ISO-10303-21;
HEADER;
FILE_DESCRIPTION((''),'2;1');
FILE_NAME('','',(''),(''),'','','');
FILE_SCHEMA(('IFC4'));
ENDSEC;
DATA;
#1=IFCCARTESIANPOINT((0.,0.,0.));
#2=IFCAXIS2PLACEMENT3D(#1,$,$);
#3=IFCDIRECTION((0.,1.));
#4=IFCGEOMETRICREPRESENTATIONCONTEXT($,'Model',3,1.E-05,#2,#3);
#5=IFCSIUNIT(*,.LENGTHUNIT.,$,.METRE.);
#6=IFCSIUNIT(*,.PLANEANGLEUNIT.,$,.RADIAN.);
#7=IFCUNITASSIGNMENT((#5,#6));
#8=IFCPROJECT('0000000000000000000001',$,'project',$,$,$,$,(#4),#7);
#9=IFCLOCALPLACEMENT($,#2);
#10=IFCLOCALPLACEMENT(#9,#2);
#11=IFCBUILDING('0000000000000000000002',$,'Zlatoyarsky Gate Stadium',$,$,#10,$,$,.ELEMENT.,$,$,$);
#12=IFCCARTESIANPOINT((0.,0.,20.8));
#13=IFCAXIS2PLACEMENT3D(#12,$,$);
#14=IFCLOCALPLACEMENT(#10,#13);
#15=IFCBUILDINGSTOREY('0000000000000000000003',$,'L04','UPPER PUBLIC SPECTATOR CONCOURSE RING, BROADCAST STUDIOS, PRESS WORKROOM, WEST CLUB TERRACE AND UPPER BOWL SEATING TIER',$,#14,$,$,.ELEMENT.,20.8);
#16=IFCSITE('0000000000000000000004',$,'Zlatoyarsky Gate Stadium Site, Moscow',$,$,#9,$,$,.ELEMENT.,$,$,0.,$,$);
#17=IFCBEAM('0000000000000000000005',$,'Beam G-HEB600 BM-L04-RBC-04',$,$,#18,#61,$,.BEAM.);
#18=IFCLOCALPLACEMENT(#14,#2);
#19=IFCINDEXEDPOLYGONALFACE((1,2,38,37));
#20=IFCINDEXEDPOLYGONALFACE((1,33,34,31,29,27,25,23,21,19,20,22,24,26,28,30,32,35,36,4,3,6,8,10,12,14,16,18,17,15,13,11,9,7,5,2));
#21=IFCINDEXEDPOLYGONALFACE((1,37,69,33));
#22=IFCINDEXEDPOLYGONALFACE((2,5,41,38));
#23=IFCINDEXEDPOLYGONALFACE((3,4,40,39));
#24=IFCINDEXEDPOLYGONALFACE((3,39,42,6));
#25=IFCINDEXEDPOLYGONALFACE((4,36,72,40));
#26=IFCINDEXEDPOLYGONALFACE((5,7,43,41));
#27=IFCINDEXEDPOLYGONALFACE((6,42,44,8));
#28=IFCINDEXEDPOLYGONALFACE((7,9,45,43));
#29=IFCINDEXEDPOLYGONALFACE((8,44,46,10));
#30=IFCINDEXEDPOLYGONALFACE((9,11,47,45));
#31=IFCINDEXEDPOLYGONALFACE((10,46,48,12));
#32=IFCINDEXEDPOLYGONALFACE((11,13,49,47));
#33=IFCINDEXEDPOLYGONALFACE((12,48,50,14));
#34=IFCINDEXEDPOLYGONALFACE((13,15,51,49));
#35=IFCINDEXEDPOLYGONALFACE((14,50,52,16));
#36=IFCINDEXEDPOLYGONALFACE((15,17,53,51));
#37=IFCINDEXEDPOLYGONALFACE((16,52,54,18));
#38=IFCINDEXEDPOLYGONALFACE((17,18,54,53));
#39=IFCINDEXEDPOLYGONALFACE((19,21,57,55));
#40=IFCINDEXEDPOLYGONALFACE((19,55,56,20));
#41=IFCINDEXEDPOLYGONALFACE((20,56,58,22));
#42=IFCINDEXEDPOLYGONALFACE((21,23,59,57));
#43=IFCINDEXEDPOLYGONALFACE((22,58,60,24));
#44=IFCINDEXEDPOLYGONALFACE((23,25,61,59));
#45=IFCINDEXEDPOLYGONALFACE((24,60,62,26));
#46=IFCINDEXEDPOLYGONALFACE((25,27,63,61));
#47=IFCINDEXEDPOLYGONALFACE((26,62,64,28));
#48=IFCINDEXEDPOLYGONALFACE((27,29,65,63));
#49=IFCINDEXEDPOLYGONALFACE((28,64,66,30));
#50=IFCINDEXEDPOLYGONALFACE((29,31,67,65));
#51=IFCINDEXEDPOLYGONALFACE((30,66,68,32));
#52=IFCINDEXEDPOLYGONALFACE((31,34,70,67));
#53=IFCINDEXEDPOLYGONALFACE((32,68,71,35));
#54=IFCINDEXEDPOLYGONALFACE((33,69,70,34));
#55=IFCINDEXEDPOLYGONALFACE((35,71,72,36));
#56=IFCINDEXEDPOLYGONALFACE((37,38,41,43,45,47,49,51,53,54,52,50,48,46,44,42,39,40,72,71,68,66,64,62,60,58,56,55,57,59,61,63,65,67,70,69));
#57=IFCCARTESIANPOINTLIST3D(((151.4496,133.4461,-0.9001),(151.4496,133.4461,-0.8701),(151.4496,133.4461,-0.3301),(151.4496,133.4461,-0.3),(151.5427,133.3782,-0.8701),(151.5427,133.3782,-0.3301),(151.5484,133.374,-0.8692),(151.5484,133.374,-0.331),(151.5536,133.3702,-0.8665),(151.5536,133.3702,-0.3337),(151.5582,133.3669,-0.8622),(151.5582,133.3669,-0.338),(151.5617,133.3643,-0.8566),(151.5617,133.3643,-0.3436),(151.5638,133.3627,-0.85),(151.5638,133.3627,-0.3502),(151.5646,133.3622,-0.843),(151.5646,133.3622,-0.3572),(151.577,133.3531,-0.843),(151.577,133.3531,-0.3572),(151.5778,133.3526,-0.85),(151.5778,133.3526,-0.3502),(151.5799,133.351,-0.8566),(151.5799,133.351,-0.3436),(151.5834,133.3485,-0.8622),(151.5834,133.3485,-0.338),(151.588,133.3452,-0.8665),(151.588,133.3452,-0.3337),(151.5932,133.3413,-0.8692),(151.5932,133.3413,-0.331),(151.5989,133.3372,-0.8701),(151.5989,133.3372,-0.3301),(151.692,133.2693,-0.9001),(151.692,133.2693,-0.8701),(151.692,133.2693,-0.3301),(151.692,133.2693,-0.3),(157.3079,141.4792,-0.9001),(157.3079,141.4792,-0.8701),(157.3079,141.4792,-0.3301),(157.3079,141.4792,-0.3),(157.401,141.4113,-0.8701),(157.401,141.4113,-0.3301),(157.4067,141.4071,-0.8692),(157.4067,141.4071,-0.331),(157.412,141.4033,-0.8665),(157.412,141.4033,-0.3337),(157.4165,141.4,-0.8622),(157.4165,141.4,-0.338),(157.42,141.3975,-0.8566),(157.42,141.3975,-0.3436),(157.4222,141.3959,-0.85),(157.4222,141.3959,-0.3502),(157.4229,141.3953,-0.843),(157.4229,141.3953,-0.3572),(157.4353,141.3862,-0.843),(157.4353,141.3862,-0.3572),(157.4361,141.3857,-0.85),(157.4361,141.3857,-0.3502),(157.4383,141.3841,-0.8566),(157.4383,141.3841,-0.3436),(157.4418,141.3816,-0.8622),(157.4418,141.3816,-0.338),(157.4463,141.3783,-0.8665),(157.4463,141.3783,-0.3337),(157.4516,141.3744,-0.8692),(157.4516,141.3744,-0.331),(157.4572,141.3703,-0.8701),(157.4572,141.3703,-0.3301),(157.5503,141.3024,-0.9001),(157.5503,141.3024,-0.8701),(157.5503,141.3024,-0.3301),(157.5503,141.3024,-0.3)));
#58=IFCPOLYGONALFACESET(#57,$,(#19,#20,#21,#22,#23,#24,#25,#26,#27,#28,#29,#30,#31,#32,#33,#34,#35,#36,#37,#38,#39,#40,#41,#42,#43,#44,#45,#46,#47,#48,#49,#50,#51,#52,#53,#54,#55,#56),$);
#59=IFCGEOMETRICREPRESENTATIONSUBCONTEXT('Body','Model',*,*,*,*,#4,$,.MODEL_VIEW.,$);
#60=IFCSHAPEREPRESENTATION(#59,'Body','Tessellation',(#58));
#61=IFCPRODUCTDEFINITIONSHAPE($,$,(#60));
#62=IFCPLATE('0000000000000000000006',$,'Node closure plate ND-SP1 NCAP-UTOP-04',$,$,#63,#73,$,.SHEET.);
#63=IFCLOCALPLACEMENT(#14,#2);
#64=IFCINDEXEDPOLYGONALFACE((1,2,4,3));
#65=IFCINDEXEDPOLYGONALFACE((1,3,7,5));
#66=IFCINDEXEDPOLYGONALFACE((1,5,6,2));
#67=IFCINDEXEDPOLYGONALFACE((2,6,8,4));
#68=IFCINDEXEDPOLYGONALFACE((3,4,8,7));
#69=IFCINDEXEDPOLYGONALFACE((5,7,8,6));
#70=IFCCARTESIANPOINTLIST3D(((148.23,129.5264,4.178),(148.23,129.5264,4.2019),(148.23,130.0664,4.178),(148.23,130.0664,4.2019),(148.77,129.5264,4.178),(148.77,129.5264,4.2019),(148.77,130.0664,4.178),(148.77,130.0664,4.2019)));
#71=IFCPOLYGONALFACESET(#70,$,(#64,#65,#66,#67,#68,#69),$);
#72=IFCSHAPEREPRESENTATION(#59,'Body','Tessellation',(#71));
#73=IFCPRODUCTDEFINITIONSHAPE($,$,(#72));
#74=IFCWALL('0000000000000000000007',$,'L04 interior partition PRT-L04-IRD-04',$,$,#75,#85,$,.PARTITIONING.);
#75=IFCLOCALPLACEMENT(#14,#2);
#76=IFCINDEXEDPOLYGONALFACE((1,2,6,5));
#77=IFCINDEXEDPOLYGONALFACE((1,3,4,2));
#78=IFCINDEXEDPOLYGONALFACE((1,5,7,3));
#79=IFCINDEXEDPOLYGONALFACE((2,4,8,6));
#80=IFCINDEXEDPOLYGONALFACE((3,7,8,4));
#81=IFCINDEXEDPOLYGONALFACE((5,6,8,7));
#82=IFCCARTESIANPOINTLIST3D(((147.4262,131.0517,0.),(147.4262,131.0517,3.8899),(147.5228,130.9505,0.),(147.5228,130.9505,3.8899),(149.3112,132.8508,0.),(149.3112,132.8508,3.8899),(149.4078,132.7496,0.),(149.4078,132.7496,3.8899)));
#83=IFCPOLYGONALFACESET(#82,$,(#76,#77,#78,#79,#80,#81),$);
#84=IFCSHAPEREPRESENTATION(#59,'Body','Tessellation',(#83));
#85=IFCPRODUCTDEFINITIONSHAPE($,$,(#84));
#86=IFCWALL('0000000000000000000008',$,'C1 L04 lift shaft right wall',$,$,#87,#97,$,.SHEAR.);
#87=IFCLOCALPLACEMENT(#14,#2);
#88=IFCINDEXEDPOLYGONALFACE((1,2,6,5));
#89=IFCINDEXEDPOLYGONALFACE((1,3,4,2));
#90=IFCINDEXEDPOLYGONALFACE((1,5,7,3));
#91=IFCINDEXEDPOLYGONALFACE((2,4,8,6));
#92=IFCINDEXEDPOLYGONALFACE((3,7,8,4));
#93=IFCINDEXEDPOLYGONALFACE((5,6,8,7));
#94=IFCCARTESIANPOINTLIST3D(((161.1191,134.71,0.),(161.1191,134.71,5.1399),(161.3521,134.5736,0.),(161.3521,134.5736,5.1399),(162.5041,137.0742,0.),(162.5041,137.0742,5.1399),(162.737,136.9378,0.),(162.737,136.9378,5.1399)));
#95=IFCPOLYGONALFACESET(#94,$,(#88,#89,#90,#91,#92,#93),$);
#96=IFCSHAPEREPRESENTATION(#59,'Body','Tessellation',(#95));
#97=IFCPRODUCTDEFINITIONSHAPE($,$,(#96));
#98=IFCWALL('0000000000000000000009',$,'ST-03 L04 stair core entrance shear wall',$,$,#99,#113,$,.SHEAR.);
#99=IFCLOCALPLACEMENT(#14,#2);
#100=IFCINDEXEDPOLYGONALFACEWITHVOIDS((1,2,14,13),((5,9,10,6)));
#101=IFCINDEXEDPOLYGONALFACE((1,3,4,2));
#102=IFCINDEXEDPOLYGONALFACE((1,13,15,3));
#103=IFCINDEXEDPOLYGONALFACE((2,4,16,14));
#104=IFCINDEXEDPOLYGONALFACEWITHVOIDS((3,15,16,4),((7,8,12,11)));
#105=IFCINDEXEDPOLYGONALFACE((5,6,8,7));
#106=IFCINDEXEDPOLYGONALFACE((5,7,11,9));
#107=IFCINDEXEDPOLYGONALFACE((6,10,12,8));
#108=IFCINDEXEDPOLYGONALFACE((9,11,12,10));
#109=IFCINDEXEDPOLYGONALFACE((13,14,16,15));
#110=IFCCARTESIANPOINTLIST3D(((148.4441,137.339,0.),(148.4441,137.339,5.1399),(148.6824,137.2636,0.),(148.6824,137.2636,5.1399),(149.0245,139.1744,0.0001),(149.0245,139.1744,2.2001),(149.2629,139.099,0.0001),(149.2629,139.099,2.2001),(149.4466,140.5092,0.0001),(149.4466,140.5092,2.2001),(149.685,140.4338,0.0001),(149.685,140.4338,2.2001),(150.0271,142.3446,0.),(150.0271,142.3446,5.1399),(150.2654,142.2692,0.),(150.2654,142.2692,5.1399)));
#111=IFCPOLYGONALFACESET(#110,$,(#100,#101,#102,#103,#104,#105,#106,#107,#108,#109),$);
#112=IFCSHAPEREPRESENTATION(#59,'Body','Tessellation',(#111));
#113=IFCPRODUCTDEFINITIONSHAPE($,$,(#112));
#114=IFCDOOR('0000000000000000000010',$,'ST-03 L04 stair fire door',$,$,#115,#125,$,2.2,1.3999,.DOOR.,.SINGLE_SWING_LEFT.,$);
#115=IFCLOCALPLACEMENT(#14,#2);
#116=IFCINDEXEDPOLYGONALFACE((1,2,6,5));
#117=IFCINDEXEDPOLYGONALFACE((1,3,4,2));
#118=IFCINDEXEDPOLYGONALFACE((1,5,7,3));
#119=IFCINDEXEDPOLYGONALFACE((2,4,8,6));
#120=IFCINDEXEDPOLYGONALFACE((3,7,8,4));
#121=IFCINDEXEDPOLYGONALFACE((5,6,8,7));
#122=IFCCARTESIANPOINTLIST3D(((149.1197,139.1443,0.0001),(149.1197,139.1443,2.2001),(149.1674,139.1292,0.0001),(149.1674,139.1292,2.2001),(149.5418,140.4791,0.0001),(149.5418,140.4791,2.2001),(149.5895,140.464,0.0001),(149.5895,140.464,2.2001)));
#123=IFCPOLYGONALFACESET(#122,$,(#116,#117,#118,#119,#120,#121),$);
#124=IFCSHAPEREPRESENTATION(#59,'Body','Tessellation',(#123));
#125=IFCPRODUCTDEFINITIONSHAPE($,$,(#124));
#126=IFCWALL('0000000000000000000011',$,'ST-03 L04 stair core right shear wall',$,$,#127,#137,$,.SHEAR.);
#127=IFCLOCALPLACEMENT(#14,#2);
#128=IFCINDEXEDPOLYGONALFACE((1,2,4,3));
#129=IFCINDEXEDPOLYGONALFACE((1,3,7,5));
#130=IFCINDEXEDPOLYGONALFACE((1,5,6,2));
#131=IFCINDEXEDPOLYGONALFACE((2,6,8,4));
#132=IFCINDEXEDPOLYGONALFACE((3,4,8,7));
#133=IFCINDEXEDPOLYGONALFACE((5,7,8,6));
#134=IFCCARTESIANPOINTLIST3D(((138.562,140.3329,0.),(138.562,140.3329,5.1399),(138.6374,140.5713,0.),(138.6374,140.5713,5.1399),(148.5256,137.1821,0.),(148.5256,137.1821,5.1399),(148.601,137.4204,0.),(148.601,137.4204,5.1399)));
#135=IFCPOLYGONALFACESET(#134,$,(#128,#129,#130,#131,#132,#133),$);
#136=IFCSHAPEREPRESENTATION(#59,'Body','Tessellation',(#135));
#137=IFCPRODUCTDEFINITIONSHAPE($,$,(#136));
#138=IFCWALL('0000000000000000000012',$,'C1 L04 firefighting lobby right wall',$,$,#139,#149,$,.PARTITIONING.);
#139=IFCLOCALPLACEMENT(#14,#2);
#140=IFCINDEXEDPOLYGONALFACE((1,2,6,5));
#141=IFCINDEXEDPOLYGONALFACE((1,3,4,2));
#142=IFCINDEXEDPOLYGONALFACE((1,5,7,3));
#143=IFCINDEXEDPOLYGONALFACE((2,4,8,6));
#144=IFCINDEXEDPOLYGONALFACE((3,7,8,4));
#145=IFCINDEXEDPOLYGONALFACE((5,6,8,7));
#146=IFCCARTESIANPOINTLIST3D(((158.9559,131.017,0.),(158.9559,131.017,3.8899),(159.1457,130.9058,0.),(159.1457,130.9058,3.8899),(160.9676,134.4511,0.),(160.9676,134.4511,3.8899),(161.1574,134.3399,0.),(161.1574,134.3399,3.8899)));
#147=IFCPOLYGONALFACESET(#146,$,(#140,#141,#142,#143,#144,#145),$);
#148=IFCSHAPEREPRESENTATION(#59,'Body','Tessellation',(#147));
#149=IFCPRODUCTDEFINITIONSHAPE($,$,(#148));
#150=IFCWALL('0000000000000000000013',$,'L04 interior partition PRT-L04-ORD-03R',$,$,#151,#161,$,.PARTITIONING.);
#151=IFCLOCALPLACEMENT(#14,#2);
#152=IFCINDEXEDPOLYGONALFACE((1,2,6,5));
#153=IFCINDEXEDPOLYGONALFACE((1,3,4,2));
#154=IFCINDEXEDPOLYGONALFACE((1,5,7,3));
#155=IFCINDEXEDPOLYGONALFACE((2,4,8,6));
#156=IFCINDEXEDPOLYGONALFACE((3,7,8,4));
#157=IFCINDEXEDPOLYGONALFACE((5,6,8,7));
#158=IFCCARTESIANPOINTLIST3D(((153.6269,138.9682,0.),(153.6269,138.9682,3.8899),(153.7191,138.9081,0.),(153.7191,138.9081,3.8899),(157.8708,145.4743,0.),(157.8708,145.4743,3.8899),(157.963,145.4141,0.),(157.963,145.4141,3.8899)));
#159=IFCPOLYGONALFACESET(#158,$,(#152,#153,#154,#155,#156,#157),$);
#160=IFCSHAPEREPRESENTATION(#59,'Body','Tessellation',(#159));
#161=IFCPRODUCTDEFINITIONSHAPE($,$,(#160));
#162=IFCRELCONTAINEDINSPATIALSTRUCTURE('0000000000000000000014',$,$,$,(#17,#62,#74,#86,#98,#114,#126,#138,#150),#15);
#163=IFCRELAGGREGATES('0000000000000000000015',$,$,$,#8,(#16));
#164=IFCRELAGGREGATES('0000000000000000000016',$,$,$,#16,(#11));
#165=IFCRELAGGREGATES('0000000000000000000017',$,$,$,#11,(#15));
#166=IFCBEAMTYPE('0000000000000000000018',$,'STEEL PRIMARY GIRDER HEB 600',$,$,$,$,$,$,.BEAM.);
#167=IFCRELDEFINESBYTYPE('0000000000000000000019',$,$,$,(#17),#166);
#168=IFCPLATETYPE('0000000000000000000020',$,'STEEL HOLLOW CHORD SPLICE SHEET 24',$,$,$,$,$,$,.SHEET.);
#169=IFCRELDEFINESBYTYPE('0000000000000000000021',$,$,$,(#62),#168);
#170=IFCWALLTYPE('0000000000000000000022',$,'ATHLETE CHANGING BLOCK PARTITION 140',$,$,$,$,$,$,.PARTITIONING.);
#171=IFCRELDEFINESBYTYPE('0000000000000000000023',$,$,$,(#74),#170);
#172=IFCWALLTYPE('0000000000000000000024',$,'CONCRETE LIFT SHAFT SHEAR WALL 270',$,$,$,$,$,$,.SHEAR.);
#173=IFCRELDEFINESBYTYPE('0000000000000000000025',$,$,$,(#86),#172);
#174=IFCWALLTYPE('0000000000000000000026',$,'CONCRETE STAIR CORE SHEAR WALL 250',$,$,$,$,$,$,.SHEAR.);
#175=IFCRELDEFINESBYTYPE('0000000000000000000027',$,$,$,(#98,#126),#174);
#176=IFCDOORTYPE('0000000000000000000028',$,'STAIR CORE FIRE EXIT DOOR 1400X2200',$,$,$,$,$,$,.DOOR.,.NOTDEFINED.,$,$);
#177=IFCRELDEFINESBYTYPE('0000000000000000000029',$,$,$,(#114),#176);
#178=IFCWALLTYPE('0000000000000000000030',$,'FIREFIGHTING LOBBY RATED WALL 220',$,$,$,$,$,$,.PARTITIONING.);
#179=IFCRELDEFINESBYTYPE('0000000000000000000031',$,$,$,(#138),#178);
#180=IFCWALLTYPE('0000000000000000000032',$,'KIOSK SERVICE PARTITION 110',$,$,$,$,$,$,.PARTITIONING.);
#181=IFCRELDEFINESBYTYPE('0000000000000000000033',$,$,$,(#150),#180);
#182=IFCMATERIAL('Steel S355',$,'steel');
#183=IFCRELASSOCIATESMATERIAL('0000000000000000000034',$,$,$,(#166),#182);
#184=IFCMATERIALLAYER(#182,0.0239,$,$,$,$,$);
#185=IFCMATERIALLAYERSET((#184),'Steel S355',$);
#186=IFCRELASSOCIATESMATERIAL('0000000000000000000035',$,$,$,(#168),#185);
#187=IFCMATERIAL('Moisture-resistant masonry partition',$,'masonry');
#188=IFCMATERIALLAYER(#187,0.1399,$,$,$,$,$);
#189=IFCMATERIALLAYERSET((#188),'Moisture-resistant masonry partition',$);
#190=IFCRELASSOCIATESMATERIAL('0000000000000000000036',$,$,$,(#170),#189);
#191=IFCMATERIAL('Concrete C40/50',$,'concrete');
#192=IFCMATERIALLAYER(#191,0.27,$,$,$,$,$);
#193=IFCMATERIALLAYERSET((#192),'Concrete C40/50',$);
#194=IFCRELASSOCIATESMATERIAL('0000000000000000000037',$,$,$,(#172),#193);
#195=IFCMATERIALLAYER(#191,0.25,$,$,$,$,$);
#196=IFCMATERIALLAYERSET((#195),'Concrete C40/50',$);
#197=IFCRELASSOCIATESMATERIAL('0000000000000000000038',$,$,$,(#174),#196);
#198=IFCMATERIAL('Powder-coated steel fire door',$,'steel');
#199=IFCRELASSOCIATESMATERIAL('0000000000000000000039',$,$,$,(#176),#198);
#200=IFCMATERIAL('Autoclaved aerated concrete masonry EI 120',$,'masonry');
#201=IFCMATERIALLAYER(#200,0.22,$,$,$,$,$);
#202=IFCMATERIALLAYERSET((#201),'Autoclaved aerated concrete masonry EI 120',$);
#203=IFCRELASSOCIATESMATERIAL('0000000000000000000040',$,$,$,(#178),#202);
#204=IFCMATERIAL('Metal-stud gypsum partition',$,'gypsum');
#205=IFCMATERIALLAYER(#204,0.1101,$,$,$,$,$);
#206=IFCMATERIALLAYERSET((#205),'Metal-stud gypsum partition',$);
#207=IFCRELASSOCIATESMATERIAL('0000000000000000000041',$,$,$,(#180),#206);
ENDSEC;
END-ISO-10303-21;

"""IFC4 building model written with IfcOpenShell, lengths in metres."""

from ifc_helpers import new_model, si_unit, direction, frame, frame_2d, origin, origin_2d, place, context, subcontext, project, spatial, rectangle, i_section, extrude, material, layer, layer_set, material_profile, profile_set, type_object, element, fill, save


model = new_model("IFC4")

# Units and contexts
model_context = context("Model", 3, precision=1e-05, world=origin(), true_north=direction((0.0, 1.0)))
body_context = subcontext(model_context, "Body", "Model", "MODEL_VIEW")
ifc_project = project(units=[si_unit("LENGTHUNIT", "METRE"), si_unit("PLANEANGLEUNIT", "RADIAN")], contexts=[model_context])

# Site, building, storey
site_placement = place(None, origin())
site = spatial("IfcSite", under=ifc_project, at=site_placement, Name="Zlatoyarsky Gate Stadium Site, Moscow", CompositionType="ELEMENT", RefElevation=0.0)
building_placement = place(site_placement, origin())
building = spatial("IfcBuilding", under=site, at=building_placement, Name="Zlatoyarsky Gate Stadium", CompositionType="ELEMENT")
storey_placement = place(building_placement, frame((0.0, 0.0, 20.8)))
storey = spatial("IfcBuildingStorey", under=building, at=storey_placement, Name="L04", Description="UPPER PUBLIC SPECTATOR CONCOURSE RING, BROADCAST STUDIOS, PRESS WORKROOM, WEST CLUB TERRACE AND UPPER BOWL SEATING TIER", CompositionType="ELEMENT", Elevation=20.8)

# Shared definitions
ifc_material_1 = material(Name="Steel S355", Category="steel")

# Beam
ifc_material_2 = material(Name="Concrete C40/50", Category="concrete")
ifc_material_profile_1 = material_profile(ifc_material_1, i_section(OverallWidth=0.3, OverallDepth=0.6001, WebThickness=0.0154, FlangeThickness=0.03, FilletRadius=0.0271, at=origin_2d()), Name="HEB 600")
ifc_profile_set_1 = profile_set([ifc_material_profile_1], Name="Steel S355")
beam_type_1 = type_object("IfcBeamType", Name="STEEL PRIMARY GIRDER HEB 600", PredefinedType="BEAM", material=ifc_profile_set_1)
beam_1_placement = place(storey_placement, frame((151.5708, 133.3577, -0.6001), z_axis=(0.589228, 0.807967, 0.0), x_axis=(-0.807967, 0.589228, 0.0)))
element("IfcBeam", 1, at=beam_1_placement, inside=storey, type_object=beam_type_1, Name="Beam G-HEB600 BM-L04-RBC-04", PredefinedType="BEAM", context=body_context, shape_type="SweptSolid", body=[
    extrude(i_section(OverallWidth=0.3, OverallDepth=0.6001, WebThickness=0.0154, FlangeThickness=0.03, FilletRadius=0.0271, at=origin_2d()), origin(), (0.0, 0.0, 1.0), 9.9424),
])

# Plate
ifc_layer_1 = layer(ifc_material_1, 0.0239)
ifc_layer_set_1 = layer_set([ifc_layer_1], Name="Steel S355")
plate_type = type_object("IfcPlateType", Name="STEEL HOLLOW CHORD SPLICE SHEET 24", PredefinedType="SHEET", material=ifc_layer_set_1)
plate_placement = place(storey_placement, frame((148.5, 129.7964, 4.178), z_axis=(0.0, 0.0, 1.0), x_axis=(1.0, 0.0, 0.0)))
element("IfcPlate", 2, at=plate_placement, inside=storey, type_object=plate_type, Name="Node closure plate ND-SP1 NCAP-UTOP-04", PredefinedType="SHEET", context=body_context, shape_type="SweptSolid", body=[
    extrude(rectangle(XDim=0.54, YDim=0.54, at=origin_2d()), origin(), (0.0, 0.0, 1.0), 0.0239),
])

# Walls
ifc_material_3 = material(Name="Moisture-resistant masonry partition", Category="masonry")
ifc_layer_2 = layer(ifc_material_3, 0.1399)
ifc_layer_set_2 = layer_set([ifc_layer_2], Name="Moisture-resistant masonry partition")
wall_type_1 = type_object("IfcWallType", Name="ATHLETE CHANGING BLOCK PARTITION 140", PredefinedType="PARTITIONING", material=ifc_layer_set_2)
wall_1_placement = place(storey_placement, frame((147.4746, 131.0012, 0.0), z_axis=(0.0, 0.0, 1.0), x_axis=(0.723404, 0.690424, 0.0)))
element("IfcWall", 3, at=wall_1_placement, inside=storey, type_object=wall_type_1, Name="L04 interior partition PRT-L04-IRD-04", PredefinedType="PARTITIONING", context=body_context, shape_type="SweptSolid", body=[
    extrude(rectangle(XDim=2.6057, YDim=0.1399, at=frame_2d((1.3027, 0.0))), origin(), (0.0, 0.0, 1.0), 3.8899),
])
ifc_layer_3 = layer(ifc_material_2, 0.27)
ifc_layer_set_3 = layer_set([ifc_layer_3], Name="Concrete C40/50")
wall_type_2 = type_object("IfcWallType", Name="CONCRETE LIFT SHAFT SHEAR WALL 270", PredefinedType="SHEAR", material=ifc_layer_set_3)
wall_2_placement = place(storey_placement, frame((162.6206, 137.0061, 0.0), z_axis=(0.0, 0.0, 1.0), x_axis=(-0.505466, -0.862847, 0.0)))
element("IfcWall", 4, at=wall_2_placement, inside=storey, type_object=wall_type_2, Name="C1 L04 lift shaft right wall", PredefinedType="SHEAR", context=body_context, shape_type="SweptSolid", body=[
    extrude(rectangle(XDim=2.74, YDim=0.27, at=frame_2d((1.3701, 0.0))), origin(), (0.0, 0.0, 1.0), 5.1399),
])

# Wall, opening, door
ifc_layer_4 = layer(ifc_material_2, 0.25)
ifc_layer_set_4 = layer_set([ifc_layer_4], Name="Concrete C40/50")
wall_type_3 = type_object("IfcWallType", Name="CONCRETE STAIR CORE SHEAR WALL 250", PredefinedType="SHEAR", material=ifc_layer_set_4)
wall_3_placement = place(storey_placement, frame((148.5632, 137.3013, 0.0), z_axis=(0.0, 0.0, 1.0), x_axis=(0.301527, 0.953457, 0.0)))
wall_3 = element("IfcWall", 5, at=wall_3_placement, inside=storey, type_object=wall_type_3, Name="ST-03 L04 stair core entrance shear wall", PredefinedType="SHEAR", context=body_context, shape_type="SweptSolid", body=[
    extrude(rectangle(XDim=5.25, YDim=0.25, at=frame_2d((2.625, 0.0))), origin(), (0.0, 0.0, 1.0), 5.1399),
])
opening_1_placement = place(wall_3_placement, frame((1.925, 0.0, 0.0)))
opening_1 = element("IfcOpeningElement", 6, at=opening_1_placement, cuts=wall_3, PredefinedType="OPENING", context=body_context, shape_type="SweptSolid", body=[
    extrude(rectangle(XDim=1.3999, YDim=2.2, at=frame_2d((0.7, 1.1001))), frame((0.0, 0.135, 0.0), z_axis=(0.0, -1.0, 0.0), x_axis=(1.0, 0.0, 0.0)), (0.0, 0.0, 1.0), 0.27),
])
ifc_material_4 = material(Name="Powder-coated steel fire door", Category="steel")
door_type_1 = type_object("IfcDoorType", Name="STAIR CORE FIRE EXIT DOOR 1400X2200", OperationType="NOTDEFINED", PredefinedType="DOOR", material=ifc_material_4)
door_1_placement = place(opening_1_placement, frame((1.3999, 0.0, 0.0), z_axis=(0.0, 0.0, 1.0), x_axis=(-1.0, 0.0, 0.0)))
door_1 = element("IfcDoor", 7, at=door_1_placement, inside=storey, type_object=door_type_1, Name="ST-03 L04 stair fire door", OperationType="SINGLE_SWING_LEFT", OverallHeight=2.2, OverallWidth=1.3999, PredefinedType="DOOR", context=body_context, shape_type="SweptSolid", body=[
    extrude(rectangle(XDim=1.3999, YDim=2.2, at=frame_2d((0.7, 1.1001))), frame((0.0, 0.0249, 0.0), z_axis=(0.0, -1.0, 0.0), x_axis=(1.0, 0.0, 0.0)), (0.0, 0.0, 1.0), 0.05),
])
fill(opening_1, door_1)

# Walls
wall_4_placement = place(storey_placement, frame((138.5996, 140.4521, 0.0), z_axis=(0.0, 0.0, 1.0), x_axis=(0.95346, -0.30152, 0.0)))
element("IfcWall", 8, at=wall_4_placement, inside=storey, type_object=wall_type_3, Name="ST-03 L04 stair core right shear wall", PredefinedType="SHEAR", context=body_context, shape_type="SweptSolid", body=[
    extrude(rectangle(XDim=10.45, YDim=0.25, at=frame_2d((5.2251, 0.0))), origin(), (0.0, 0.0, 1.0), 5.1399),
])
ifc_material_5 = material(Name="Autoclaved aerated concrete masonry EI 120", Category="masonry")
ifc_layer_5 = layer(ifc_material_5, 0.22)
ifc_layer_set_5 = layer_set([ifc_layer_5], Name="Autoclaved aerated concrete masonry EI 120")
wall_type_4 = type_object("IfcWallType", Name="FIREFIGHTING LOBBY RATED WALL 220", PredefinedType="PARTITIONING", material=ifc_layer_set_5)
wall_5_placement = place(storey_placement, frame((161.0625, 134.3955, 0.0), z_axis=(0.0, 0.0, 1.0), x_axis=(-0.505464, -0.862847, 0.0)))
element("IfcWall", 9, at=wall_5_placement, inside=storey, type_object=wall_type_4, Name="C1 L04 firefighting lobby right wall", PredefinedType="PARTITIONING", context=body_context, shape_type="SweptSolid", body=[
    extrude(rectangle(XDim=3.98, YDim=0.22, at=frame_2d((1.99, 0.0))), origin(), (0.0, 0.0, 1.0), 3.8899),
])
ifc_material_6 = material(Name="Metal-stud gypsum partition", Category="gypsum")
ifc_layer_6 = layer(ifc_material_6, 0.1101)
ifc_layer_set_6 = layer_set([ifc_layer_6], Name="Metal-stud gypsum partition")
wall_type_5 = type_object("IfcWallType", Name="KIOSK SERVICE PARTITION 110", PredefinedType="PARTITIONING", material=ifc_layer_set_6)
wall_6_placement = place(storey_placement, frame((153.6731, 138.9382, 0.0), z_axis=(0.0, 0.0, 1.0), x_axis=(0.546339, 0.837564, 0.0)))
element("IfcWall", 10, at=wall_6_placement, inside=storey, type_object=wall_type_5, Name="L04 interior partition PRT-L04-ORD-03R", PredefinedType="PARTITIONING", context=body_context, shape_type="SweptSolid", body=[
    extrude(rectangle(XDim=7.7678, YDim=0.1101, at=frame_2d((3.8838, 0.0))), origin(), (0.0, 0.0, 1.0), 3.8899),
])

save(model, "model.ifc")
